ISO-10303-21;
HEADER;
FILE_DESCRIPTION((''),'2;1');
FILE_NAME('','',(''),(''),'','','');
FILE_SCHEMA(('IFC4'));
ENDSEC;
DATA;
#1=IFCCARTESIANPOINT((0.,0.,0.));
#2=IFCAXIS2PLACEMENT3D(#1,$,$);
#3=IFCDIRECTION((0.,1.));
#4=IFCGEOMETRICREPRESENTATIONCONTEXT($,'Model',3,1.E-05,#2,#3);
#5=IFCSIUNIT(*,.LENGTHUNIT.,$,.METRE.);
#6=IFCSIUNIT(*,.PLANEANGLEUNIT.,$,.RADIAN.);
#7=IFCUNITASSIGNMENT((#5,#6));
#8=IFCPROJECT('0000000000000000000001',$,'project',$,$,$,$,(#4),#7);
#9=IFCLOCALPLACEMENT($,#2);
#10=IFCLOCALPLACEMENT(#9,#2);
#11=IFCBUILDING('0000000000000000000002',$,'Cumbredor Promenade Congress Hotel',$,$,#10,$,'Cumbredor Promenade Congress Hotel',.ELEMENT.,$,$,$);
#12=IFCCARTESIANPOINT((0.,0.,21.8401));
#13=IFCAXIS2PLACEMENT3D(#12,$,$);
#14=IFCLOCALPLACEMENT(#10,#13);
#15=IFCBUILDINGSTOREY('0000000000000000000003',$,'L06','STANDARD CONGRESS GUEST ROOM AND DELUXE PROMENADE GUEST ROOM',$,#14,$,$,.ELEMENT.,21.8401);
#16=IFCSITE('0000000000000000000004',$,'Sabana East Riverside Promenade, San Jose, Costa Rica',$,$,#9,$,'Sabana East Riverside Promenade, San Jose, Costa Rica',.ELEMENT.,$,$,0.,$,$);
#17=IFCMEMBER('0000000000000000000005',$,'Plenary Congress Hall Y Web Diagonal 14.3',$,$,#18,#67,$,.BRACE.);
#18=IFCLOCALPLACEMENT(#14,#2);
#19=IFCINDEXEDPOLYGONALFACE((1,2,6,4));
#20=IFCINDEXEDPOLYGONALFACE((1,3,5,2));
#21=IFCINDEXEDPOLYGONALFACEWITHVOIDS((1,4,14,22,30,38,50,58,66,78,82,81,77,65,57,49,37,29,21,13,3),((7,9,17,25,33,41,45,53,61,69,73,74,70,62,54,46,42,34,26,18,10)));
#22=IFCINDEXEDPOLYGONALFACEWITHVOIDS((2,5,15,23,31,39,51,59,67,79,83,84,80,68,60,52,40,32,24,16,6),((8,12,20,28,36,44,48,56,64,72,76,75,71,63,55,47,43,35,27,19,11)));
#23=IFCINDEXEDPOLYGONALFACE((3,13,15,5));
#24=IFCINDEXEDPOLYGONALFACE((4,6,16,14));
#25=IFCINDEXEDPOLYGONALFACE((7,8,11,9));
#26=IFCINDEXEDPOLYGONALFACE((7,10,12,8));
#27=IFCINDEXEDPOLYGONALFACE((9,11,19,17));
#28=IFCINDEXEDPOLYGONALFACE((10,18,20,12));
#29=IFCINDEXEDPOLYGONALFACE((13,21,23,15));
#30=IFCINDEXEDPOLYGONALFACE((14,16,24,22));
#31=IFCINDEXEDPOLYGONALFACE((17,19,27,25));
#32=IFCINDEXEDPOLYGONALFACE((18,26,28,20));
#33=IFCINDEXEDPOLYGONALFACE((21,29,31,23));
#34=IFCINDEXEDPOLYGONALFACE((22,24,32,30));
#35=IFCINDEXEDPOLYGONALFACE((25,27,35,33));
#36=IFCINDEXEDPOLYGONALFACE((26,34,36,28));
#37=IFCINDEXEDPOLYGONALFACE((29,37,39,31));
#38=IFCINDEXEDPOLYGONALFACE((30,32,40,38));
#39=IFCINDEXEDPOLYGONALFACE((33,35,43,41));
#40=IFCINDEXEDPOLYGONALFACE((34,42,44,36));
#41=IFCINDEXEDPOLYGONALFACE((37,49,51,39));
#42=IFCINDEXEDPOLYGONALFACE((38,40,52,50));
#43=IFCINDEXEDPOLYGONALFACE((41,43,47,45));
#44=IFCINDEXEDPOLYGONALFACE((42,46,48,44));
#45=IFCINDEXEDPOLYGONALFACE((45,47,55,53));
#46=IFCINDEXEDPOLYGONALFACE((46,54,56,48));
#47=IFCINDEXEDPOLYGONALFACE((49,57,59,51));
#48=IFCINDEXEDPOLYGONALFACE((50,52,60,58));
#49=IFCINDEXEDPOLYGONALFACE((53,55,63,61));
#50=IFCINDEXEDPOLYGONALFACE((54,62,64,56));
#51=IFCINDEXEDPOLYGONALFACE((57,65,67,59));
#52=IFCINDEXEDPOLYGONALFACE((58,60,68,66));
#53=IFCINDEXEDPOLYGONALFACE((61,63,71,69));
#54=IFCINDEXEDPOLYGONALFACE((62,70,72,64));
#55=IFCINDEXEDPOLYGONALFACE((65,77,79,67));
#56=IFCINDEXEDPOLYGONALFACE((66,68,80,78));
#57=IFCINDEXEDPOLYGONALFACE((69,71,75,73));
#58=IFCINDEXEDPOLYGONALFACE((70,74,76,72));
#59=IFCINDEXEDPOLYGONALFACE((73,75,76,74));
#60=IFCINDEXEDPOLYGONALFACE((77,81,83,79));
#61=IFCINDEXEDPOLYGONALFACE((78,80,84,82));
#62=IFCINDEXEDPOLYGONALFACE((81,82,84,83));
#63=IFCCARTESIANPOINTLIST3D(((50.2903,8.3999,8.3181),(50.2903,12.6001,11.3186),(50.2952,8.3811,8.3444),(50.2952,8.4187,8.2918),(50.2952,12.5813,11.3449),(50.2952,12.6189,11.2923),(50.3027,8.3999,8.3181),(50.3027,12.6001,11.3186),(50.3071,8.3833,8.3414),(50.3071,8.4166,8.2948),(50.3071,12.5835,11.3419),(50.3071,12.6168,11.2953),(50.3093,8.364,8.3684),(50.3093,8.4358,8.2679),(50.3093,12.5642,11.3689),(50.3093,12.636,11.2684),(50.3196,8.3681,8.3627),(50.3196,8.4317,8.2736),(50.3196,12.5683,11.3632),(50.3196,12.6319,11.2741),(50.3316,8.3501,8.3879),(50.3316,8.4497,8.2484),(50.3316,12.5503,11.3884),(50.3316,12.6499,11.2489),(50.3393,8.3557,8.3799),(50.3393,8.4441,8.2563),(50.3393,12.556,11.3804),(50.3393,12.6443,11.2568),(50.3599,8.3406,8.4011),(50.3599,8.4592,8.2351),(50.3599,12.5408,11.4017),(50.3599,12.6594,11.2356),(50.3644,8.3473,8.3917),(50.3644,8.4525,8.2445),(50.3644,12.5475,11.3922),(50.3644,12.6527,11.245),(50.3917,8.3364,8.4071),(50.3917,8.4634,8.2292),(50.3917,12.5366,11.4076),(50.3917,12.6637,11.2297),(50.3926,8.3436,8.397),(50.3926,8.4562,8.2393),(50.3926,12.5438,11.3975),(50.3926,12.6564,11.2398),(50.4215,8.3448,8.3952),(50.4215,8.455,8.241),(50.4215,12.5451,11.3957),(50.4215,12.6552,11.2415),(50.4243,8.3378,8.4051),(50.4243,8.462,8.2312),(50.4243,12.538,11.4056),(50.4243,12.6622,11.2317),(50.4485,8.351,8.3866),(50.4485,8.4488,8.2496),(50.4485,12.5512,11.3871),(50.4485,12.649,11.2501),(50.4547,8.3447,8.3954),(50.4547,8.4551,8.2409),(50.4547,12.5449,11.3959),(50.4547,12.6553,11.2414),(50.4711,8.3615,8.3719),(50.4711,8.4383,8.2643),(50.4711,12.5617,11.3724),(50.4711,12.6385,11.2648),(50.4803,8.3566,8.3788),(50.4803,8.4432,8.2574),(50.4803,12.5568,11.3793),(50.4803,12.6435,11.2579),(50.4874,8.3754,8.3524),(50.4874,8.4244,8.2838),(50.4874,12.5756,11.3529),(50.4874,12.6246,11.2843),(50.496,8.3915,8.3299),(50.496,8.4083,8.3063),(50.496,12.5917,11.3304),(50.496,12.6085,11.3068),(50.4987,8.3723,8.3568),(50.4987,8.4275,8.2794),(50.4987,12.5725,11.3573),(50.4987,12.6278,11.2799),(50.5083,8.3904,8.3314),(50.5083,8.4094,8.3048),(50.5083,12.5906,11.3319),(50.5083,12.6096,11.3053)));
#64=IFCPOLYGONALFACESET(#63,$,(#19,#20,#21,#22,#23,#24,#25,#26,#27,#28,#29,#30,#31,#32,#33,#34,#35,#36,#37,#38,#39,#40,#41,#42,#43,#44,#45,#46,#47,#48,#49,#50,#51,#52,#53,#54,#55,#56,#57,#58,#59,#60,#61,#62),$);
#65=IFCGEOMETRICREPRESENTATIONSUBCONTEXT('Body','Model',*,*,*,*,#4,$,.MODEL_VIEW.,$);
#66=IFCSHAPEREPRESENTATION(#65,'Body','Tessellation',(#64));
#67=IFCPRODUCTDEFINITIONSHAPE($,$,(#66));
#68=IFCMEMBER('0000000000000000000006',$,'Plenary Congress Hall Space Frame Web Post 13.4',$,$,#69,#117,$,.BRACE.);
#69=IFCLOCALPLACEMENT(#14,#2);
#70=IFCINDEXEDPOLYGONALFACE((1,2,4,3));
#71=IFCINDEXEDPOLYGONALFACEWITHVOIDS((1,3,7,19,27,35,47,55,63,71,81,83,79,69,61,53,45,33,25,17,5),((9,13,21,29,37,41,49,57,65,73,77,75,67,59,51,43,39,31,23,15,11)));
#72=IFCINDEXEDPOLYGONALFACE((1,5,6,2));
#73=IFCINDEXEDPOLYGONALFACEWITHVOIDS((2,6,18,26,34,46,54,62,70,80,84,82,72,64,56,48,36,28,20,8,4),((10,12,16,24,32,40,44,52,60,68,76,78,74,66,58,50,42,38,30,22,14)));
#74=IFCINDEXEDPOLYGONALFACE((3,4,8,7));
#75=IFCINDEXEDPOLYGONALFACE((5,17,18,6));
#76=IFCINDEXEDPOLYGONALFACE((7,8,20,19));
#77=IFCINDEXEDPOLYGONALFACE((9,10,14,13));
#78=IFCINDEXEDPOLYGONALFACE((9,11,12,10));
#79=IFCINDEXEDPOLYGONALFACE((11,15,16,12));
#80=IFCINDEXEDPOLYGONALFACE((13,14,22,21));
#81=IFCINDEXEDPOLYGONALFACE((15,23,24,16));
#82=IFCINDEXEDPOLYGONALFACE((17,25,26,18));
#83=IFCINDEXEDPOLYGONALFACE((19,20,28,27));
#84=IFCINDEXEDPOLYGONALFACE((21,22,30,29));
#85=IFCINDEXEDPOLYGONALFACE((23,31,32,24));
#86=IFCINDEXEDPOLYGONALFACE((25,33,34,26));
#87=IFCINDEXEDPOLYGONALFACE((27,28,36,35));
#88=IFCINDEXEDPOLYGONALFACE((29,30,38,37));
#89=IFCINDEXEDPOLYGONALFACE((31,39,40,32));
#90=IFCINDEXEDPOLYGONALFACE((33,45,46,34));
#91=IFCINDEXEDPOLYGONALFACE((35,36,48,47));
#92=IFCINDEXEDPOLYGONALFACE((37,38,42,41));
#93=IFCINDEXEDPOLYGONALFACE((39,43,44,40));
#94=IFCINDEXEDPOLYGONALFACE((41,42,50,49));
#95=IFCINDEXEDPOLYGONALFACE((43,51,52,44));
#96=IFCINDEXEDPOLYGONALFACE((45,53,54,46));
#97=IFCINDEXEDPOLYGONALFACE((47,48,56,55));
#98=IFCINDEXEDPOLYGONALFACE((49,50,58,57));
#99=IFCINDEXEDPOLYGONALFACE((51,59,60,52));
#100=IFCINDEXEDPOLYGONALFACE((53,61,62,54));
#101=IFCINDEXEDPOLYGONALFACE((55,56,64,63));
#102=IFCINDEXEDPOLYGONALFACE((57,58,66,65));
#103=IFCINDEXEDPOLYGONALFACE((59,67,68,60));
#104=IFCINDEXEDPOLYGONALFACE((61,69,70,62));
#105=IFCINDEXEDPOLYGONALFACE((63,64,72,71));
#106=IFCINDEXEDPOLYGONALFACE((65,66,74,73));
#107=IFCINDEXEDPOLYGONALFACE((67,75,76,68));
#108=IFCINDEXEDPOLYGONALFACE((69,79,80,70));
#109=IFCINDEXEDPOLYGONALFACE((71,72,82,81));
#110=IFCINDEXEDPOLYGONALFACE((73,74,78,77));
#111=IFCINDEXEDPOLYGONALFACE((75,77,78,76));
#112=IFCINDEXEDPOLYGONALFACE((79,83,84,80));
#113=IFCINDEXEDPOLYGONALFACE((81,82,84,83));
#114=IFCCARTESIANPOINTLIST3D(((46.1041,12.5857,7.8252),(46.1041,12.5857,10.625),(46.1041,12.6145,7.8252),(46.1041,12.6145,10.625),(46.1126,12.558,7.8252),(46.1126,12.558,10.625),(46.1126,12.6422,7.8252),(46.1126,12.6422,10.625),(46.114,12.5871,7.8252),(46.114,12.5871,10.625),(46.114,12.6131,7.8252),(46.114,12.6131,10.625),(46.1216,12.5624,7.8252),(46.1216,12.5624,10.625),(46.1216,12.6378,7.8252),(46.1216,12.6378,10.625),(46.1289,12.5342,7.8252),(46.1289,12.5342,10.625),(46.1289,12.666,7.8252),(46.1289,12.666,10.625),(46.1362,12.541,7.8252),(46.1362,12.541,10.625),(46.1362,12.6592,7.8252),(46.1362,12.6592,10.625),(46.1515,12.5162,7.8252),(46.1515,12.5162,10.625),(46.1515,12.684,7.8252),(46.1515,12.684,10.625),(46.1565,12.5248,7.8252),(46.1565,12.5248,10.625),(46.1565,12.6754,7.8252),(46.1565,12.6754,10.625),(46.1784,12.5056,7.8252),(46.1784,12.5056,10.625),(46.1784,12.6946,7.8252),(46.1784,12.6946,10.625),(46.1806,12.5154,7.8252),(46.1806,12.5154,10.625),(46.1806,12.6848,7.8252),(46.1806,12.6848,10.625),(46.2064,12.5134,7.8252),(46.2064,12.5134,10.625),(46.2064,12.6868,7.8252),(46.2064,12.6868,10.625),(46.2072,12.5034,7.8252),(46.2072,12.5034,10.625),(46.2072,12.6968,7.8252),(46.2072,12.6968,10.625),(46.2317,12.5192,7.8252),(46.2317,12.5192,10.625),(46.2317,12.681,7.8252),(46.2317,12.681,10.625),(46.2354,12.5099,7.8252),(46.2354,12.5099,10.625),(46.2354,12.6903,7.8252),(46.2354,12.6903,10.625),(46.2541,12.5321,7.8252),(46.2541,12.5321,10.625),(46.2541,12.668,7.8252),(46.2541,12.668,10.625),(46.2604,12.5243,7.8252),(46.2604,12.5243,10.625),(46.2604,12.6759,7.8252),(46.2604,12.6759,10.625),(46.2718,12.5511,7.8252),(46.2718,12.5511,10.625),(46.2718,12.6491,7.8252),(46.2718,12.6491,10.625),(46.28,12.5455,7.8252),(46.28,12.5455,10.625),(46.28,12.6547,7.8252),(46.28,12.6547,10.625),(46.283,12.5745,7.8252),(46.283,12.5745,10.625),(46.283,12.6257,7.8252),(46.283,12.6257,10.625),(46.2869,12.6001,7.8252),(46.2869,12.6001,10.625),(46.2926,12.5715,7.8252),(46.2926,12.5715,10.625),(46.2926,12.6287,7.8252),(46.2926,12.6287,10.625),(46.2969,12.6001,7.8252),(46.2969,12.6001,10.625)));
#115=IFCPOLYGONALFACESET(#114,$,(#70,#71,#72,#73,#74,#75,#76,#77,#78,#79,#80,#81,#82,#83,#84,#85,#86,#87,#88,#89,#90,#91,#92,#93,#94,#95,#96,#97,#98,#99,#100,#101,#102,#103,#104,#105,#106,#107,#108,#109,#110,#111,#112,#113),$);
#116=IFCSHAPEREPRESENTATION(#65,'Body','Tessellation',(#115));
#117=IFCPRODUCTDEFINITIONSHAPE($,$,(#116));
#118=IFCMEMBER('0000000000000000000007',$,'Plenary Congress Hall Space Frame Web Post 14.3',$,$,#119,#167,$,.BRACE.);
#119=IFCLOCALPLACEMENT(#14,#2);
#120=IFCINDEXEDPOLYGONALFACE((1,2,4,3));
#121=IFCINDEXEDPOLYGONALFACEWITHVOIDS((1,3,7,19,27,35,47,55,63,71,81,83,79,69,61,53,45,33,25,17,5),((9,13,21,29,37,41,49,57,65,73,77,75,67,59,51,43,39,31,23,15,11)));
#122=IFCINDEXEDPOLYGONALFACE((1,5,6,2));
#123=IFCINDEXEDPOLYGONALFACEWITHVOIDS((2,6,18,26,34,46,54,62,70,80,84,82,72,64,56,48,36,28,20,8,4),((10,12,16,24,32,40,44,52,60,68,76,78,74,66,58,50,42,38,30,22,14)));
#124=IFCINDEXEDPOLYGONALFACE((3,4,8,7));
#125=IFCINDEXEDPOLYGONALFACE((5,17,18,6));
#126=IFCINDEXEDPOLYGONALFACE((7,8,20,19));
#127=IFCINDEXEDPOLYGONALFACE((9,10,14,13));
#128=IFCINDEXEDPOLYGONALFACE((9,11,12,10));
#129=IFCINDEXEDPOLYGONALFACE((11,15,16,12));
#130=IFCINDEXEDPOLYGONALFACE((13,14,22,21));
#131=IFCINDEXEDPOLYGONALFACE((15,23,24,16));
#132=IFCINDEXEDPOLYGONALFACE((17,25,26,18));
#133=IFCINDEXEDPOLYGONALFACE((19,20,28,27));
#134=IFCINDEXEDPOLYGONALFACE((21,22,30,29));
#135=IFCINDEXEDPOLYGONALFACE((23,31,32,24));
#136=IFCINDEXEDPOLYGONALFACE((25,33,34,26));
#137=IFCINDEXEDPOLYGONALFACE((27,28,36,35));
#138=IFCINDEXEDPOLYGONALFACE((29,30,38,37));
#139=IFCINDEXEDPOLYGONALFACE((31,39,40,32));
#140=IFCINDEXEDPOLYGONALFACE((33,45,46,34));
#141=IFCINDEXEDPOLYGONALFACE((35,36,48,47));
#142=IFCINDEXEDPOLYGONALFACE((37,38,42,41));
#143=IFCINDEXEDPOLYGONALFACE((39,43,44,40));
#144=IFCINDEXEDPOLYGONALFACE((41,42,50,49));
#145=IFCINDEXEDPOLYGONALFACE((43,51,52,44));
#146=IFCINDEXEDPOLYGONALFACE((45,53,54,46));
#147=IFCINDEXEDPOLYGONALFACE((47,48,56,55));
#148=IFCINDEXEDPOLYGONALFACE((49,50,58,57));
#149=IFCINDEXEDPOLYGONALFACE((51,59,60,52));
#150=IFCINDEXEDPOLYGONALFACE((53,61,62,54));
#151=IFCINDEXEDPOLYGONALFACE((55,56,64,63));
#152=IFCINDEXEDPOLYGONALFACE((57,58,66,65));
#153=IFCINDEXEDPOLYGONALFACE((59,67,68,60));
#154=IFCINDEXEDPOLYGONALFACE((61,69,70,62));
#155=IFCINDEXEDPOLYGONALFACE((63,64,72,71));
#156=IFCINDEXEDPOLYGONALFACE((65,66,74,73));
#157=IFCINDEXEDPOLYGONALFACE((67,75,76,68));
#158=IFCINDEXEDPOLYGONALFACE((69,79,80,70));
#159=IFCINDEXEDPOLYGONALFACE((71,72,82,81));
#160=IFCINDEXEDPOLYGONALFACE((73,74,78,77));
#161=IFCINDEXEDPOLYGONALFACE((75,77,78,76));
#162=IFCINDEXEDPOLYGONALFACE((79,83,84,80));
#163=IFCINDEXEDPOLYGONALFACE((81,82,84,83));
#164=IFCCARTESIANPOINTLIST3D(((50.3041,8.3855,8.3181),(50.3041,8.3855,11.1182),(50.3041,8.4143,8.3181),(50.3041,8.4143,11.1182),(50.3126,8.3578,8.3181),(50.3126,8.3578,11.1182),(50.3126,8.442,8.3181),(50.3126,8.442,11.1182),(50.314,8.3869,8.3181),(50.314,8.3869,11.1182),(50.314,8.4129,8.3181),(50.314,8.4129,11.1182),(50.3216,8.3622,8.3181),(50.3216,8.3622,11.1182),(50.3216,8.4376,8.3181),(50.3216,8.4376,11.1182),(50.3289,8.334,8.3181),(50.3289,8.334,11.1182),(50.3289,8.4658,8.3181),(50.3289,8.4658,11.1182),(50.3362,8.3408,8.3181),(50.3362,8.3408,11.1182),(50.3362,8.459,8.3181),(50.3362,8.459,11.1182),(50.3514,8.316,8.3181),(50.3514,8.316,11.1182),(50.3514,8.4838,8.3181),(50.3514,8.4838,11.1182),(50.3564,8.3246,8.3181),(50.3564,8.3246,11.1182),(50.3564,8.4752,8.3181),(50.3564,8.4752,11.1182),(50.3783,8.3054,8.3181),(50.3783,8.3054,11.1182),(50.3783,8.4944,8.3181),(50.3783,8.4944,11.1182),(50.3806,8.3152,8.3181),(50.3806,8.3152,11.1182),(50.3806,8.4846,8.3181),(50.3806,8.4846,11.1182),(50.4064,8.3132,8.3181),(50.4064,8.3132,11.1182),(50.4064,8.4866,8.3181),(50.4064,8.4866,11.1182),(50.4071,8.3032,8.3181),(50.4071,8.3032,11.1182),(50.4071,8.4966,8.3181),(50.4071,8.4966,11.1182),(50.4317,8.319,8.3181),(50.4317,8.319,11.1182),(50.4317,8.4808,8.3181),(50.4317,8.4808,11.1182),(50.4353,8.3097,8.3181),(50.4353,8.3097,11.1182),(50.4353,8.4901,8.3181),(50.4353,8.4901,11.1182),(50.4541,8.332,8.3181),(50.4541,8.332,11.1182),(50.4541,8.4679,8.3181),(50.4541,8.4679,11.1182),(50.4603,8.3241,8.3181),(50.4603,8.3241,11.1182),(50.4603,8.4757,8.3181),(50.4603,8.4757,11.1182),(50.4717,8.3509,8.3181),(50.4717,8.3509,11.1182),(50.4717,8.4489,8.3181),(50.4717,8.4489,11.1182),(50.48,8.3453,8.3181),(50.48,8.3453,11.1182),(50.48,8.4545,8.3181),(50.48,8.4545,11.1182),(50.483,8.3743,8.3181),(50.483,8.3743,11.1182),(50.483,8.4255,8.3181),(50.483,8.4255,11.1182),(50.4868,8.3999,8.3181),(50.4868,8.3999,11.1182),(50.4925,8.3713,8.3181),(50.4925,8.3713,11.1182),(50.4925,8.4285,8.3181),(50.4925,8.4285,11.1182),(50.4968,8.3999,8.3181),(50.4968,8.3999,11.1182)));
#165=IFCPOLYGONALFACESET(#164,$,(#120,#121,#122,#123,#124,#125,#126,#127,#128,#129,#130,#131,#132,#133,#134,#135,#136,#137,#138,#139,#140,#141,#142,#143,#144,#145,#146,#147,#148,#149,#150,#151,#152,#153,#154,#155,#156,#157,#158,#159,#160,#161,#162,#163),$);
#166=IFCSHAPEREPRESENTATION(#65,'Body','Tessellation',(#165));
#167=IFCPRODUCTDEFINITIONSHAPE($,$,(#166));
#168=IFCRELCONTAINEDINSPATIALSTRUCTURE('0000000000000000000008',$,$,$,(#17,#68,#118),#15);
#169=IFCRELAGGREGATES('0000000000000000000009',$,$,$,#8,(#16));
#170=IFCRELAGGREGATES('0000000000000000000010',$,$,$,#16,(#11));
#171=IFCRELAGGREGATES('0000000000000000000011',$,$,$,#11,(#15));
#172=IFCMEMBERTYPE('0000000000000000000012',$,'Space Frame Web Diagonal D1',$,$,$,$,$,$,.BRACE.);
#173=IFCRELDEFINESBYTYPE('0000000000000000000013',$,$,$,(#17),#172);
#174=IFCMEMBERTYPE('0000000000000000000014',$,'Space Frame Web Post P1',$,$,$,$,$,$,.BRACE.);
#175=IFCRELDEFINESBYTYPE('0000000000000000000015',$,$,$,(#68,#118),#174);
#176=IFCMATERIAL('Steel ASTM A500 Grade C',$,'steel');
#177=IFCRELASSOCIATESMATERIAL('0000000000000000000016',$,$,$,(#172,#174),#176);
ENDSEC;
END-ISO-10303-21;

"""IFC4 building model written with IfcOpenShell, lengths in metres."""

from ifc_helpers import new_model, si_unit, direction, frame, origin, origin_2d, place, context, subcontext, project, spatial, hollow_circle, extrude, material, material_profile, profile_set, type_object, element, save


model = new_model("IFC4")

# Units and contexts
model_context = context("Model", 3, precision=1e-05, world=origin(), true_north=direction((0.0, 1.0)))
body_context = subcontext(model_context, "Body", "Model", "MODEL_VIEW")
ifc_project = project(units=[si_unit("LENGTHUNIT", "METRE"), si_unit("PLANEANGLEUNIT", "RADIAN")], contexts=[model_context])

# Site, building, storey
site_placement = place(None, origin())
site = spatial("IfcSite", under=ifc_project, at=site_placement, Name="Sabana East Riverside Promenade, San Jose, Costa Rica", LongName="Sabana East Riverside Promenade, San Jose, Costa Rica", CompositionType="ELEMENT", RefElevation=0.0)
building_placement = place(site_placement, origin())
building = spatial("IfcBuilding", under=site, at=building_placement, Name="Cumbredor Promenade Congress Hotel", LongName="Cumbredor Promenade Congress Hotel", CompositionType="ELEMENT")
storey_placement = place(building_placement, frame((0.0, 0.0, 21.8401)))
storey = spatial("IfcBuildingStorey", under=building, at=storey_placement, Name="L06", Description="STANDARD CONGRESS GUEST ROOM AND DELUXE PROMENADE GUEST ROOM", CompositionType="ELEMENT", Elevation=21.8401)

# Members
ifc_material_1 = material(Name="Steel ASTM A500 Grade C", Category="steel")
ifc_material_profile_1 = material_profile(ifc_material_1, hollow_circle(Radius=0.1096, WallThickness=0.0125, at=origin_2d()), Name="CHS 219.1x12.5")
ifc_profile_set_1 = profile_set([ifc_material_profile_1], Name="Steel ASTM A500 Grade C")
member_type_1 = type_object("IfcMemberType", Name="Space Frame Web Diagonal D1", PredefinedType="BRACE", material=ifc_profile_set_1)
member_1_placement = place(storey_placement, frame((50.3999, 8.3999, 8.3181), z_axis=(0.0, 0.813702, 0.581283), x_axis=(-1.0, 0.0, 0.0)))
element("IfcMember", 1, at=member_1_placement, inside=storey, type_object=member_type_1, Name="Plenary Congress Hall Y Web Diagonal 14.3", PredefinedType="BRACE", context=body_context, shape_type="SweptSolid", body=[
    extrude(hollow_circle(Radius=0.1096, WallThickness=0.0125, at=origin_2d()), origin(), (0.0, 0.0, 1.0), 5.1619),
])
ifc_material_profile_2 = material_profile(ifc_material_1, hollow_circle(Radius=0.0969, WallThickness=0.01, at=origin_2d()), Name="CHS 193.7x10")
ifc_profile_set_2 = profile_set([ifc_material_profile_2], Name="Steel ASTM A500 Grade C")
member_type_2 = type_object("IfcMemberType", Name="Space Frame Web Post P1", PredefinedType="BRACE", material=ifc_profile_set_2)
member_2_placement = place(storey_placement, frame((46.2, 12.6001, 7.8252), z_axis=(0.0, 0.0, 1.0), x_axis=(1.0, 0.0, 0.0)))
element("IfcMember", 2, at=member_2_placement, inside=storey, type_object=member_type_2, Name="Plenary Congress Hall Space Frame Web Post 13.4", PredefinedType="BRACE", context=body_context, shape_type="SweptSolid", body=[
    extrude(hollow_circle(Radius=0.0969, WallThickness=0.01, at=origin_2d()), origin(), (0.0, 0.0, 1.0), 2.7998),
])
for number, where, z_axis, x_axis, name in (
    (3, (50.3999, 8.3999, 8.3181), (0.0, 0.0, 1.0), (1.0, 0.0, 0.0), "Plenary Congress Hall Space Frame Web Post 14.3"),
):
    element("IfcMember", number, at=place(storey_placement, frame(where, z_axis=z_axis, x_axis=x_axis)), inside=storey, type_object=member_type_2, Name=name, PredefinedType="BRACE", context=body_context, shape_type="SweptSolid", body=[
        extrude(hollow_circle(Radius=0.0969, WallThickness=0.01, at=origin_2d()), origin(), (0.0, 0.0, 1.0), 2.8),
    ])

save(model, "model.ifc")
